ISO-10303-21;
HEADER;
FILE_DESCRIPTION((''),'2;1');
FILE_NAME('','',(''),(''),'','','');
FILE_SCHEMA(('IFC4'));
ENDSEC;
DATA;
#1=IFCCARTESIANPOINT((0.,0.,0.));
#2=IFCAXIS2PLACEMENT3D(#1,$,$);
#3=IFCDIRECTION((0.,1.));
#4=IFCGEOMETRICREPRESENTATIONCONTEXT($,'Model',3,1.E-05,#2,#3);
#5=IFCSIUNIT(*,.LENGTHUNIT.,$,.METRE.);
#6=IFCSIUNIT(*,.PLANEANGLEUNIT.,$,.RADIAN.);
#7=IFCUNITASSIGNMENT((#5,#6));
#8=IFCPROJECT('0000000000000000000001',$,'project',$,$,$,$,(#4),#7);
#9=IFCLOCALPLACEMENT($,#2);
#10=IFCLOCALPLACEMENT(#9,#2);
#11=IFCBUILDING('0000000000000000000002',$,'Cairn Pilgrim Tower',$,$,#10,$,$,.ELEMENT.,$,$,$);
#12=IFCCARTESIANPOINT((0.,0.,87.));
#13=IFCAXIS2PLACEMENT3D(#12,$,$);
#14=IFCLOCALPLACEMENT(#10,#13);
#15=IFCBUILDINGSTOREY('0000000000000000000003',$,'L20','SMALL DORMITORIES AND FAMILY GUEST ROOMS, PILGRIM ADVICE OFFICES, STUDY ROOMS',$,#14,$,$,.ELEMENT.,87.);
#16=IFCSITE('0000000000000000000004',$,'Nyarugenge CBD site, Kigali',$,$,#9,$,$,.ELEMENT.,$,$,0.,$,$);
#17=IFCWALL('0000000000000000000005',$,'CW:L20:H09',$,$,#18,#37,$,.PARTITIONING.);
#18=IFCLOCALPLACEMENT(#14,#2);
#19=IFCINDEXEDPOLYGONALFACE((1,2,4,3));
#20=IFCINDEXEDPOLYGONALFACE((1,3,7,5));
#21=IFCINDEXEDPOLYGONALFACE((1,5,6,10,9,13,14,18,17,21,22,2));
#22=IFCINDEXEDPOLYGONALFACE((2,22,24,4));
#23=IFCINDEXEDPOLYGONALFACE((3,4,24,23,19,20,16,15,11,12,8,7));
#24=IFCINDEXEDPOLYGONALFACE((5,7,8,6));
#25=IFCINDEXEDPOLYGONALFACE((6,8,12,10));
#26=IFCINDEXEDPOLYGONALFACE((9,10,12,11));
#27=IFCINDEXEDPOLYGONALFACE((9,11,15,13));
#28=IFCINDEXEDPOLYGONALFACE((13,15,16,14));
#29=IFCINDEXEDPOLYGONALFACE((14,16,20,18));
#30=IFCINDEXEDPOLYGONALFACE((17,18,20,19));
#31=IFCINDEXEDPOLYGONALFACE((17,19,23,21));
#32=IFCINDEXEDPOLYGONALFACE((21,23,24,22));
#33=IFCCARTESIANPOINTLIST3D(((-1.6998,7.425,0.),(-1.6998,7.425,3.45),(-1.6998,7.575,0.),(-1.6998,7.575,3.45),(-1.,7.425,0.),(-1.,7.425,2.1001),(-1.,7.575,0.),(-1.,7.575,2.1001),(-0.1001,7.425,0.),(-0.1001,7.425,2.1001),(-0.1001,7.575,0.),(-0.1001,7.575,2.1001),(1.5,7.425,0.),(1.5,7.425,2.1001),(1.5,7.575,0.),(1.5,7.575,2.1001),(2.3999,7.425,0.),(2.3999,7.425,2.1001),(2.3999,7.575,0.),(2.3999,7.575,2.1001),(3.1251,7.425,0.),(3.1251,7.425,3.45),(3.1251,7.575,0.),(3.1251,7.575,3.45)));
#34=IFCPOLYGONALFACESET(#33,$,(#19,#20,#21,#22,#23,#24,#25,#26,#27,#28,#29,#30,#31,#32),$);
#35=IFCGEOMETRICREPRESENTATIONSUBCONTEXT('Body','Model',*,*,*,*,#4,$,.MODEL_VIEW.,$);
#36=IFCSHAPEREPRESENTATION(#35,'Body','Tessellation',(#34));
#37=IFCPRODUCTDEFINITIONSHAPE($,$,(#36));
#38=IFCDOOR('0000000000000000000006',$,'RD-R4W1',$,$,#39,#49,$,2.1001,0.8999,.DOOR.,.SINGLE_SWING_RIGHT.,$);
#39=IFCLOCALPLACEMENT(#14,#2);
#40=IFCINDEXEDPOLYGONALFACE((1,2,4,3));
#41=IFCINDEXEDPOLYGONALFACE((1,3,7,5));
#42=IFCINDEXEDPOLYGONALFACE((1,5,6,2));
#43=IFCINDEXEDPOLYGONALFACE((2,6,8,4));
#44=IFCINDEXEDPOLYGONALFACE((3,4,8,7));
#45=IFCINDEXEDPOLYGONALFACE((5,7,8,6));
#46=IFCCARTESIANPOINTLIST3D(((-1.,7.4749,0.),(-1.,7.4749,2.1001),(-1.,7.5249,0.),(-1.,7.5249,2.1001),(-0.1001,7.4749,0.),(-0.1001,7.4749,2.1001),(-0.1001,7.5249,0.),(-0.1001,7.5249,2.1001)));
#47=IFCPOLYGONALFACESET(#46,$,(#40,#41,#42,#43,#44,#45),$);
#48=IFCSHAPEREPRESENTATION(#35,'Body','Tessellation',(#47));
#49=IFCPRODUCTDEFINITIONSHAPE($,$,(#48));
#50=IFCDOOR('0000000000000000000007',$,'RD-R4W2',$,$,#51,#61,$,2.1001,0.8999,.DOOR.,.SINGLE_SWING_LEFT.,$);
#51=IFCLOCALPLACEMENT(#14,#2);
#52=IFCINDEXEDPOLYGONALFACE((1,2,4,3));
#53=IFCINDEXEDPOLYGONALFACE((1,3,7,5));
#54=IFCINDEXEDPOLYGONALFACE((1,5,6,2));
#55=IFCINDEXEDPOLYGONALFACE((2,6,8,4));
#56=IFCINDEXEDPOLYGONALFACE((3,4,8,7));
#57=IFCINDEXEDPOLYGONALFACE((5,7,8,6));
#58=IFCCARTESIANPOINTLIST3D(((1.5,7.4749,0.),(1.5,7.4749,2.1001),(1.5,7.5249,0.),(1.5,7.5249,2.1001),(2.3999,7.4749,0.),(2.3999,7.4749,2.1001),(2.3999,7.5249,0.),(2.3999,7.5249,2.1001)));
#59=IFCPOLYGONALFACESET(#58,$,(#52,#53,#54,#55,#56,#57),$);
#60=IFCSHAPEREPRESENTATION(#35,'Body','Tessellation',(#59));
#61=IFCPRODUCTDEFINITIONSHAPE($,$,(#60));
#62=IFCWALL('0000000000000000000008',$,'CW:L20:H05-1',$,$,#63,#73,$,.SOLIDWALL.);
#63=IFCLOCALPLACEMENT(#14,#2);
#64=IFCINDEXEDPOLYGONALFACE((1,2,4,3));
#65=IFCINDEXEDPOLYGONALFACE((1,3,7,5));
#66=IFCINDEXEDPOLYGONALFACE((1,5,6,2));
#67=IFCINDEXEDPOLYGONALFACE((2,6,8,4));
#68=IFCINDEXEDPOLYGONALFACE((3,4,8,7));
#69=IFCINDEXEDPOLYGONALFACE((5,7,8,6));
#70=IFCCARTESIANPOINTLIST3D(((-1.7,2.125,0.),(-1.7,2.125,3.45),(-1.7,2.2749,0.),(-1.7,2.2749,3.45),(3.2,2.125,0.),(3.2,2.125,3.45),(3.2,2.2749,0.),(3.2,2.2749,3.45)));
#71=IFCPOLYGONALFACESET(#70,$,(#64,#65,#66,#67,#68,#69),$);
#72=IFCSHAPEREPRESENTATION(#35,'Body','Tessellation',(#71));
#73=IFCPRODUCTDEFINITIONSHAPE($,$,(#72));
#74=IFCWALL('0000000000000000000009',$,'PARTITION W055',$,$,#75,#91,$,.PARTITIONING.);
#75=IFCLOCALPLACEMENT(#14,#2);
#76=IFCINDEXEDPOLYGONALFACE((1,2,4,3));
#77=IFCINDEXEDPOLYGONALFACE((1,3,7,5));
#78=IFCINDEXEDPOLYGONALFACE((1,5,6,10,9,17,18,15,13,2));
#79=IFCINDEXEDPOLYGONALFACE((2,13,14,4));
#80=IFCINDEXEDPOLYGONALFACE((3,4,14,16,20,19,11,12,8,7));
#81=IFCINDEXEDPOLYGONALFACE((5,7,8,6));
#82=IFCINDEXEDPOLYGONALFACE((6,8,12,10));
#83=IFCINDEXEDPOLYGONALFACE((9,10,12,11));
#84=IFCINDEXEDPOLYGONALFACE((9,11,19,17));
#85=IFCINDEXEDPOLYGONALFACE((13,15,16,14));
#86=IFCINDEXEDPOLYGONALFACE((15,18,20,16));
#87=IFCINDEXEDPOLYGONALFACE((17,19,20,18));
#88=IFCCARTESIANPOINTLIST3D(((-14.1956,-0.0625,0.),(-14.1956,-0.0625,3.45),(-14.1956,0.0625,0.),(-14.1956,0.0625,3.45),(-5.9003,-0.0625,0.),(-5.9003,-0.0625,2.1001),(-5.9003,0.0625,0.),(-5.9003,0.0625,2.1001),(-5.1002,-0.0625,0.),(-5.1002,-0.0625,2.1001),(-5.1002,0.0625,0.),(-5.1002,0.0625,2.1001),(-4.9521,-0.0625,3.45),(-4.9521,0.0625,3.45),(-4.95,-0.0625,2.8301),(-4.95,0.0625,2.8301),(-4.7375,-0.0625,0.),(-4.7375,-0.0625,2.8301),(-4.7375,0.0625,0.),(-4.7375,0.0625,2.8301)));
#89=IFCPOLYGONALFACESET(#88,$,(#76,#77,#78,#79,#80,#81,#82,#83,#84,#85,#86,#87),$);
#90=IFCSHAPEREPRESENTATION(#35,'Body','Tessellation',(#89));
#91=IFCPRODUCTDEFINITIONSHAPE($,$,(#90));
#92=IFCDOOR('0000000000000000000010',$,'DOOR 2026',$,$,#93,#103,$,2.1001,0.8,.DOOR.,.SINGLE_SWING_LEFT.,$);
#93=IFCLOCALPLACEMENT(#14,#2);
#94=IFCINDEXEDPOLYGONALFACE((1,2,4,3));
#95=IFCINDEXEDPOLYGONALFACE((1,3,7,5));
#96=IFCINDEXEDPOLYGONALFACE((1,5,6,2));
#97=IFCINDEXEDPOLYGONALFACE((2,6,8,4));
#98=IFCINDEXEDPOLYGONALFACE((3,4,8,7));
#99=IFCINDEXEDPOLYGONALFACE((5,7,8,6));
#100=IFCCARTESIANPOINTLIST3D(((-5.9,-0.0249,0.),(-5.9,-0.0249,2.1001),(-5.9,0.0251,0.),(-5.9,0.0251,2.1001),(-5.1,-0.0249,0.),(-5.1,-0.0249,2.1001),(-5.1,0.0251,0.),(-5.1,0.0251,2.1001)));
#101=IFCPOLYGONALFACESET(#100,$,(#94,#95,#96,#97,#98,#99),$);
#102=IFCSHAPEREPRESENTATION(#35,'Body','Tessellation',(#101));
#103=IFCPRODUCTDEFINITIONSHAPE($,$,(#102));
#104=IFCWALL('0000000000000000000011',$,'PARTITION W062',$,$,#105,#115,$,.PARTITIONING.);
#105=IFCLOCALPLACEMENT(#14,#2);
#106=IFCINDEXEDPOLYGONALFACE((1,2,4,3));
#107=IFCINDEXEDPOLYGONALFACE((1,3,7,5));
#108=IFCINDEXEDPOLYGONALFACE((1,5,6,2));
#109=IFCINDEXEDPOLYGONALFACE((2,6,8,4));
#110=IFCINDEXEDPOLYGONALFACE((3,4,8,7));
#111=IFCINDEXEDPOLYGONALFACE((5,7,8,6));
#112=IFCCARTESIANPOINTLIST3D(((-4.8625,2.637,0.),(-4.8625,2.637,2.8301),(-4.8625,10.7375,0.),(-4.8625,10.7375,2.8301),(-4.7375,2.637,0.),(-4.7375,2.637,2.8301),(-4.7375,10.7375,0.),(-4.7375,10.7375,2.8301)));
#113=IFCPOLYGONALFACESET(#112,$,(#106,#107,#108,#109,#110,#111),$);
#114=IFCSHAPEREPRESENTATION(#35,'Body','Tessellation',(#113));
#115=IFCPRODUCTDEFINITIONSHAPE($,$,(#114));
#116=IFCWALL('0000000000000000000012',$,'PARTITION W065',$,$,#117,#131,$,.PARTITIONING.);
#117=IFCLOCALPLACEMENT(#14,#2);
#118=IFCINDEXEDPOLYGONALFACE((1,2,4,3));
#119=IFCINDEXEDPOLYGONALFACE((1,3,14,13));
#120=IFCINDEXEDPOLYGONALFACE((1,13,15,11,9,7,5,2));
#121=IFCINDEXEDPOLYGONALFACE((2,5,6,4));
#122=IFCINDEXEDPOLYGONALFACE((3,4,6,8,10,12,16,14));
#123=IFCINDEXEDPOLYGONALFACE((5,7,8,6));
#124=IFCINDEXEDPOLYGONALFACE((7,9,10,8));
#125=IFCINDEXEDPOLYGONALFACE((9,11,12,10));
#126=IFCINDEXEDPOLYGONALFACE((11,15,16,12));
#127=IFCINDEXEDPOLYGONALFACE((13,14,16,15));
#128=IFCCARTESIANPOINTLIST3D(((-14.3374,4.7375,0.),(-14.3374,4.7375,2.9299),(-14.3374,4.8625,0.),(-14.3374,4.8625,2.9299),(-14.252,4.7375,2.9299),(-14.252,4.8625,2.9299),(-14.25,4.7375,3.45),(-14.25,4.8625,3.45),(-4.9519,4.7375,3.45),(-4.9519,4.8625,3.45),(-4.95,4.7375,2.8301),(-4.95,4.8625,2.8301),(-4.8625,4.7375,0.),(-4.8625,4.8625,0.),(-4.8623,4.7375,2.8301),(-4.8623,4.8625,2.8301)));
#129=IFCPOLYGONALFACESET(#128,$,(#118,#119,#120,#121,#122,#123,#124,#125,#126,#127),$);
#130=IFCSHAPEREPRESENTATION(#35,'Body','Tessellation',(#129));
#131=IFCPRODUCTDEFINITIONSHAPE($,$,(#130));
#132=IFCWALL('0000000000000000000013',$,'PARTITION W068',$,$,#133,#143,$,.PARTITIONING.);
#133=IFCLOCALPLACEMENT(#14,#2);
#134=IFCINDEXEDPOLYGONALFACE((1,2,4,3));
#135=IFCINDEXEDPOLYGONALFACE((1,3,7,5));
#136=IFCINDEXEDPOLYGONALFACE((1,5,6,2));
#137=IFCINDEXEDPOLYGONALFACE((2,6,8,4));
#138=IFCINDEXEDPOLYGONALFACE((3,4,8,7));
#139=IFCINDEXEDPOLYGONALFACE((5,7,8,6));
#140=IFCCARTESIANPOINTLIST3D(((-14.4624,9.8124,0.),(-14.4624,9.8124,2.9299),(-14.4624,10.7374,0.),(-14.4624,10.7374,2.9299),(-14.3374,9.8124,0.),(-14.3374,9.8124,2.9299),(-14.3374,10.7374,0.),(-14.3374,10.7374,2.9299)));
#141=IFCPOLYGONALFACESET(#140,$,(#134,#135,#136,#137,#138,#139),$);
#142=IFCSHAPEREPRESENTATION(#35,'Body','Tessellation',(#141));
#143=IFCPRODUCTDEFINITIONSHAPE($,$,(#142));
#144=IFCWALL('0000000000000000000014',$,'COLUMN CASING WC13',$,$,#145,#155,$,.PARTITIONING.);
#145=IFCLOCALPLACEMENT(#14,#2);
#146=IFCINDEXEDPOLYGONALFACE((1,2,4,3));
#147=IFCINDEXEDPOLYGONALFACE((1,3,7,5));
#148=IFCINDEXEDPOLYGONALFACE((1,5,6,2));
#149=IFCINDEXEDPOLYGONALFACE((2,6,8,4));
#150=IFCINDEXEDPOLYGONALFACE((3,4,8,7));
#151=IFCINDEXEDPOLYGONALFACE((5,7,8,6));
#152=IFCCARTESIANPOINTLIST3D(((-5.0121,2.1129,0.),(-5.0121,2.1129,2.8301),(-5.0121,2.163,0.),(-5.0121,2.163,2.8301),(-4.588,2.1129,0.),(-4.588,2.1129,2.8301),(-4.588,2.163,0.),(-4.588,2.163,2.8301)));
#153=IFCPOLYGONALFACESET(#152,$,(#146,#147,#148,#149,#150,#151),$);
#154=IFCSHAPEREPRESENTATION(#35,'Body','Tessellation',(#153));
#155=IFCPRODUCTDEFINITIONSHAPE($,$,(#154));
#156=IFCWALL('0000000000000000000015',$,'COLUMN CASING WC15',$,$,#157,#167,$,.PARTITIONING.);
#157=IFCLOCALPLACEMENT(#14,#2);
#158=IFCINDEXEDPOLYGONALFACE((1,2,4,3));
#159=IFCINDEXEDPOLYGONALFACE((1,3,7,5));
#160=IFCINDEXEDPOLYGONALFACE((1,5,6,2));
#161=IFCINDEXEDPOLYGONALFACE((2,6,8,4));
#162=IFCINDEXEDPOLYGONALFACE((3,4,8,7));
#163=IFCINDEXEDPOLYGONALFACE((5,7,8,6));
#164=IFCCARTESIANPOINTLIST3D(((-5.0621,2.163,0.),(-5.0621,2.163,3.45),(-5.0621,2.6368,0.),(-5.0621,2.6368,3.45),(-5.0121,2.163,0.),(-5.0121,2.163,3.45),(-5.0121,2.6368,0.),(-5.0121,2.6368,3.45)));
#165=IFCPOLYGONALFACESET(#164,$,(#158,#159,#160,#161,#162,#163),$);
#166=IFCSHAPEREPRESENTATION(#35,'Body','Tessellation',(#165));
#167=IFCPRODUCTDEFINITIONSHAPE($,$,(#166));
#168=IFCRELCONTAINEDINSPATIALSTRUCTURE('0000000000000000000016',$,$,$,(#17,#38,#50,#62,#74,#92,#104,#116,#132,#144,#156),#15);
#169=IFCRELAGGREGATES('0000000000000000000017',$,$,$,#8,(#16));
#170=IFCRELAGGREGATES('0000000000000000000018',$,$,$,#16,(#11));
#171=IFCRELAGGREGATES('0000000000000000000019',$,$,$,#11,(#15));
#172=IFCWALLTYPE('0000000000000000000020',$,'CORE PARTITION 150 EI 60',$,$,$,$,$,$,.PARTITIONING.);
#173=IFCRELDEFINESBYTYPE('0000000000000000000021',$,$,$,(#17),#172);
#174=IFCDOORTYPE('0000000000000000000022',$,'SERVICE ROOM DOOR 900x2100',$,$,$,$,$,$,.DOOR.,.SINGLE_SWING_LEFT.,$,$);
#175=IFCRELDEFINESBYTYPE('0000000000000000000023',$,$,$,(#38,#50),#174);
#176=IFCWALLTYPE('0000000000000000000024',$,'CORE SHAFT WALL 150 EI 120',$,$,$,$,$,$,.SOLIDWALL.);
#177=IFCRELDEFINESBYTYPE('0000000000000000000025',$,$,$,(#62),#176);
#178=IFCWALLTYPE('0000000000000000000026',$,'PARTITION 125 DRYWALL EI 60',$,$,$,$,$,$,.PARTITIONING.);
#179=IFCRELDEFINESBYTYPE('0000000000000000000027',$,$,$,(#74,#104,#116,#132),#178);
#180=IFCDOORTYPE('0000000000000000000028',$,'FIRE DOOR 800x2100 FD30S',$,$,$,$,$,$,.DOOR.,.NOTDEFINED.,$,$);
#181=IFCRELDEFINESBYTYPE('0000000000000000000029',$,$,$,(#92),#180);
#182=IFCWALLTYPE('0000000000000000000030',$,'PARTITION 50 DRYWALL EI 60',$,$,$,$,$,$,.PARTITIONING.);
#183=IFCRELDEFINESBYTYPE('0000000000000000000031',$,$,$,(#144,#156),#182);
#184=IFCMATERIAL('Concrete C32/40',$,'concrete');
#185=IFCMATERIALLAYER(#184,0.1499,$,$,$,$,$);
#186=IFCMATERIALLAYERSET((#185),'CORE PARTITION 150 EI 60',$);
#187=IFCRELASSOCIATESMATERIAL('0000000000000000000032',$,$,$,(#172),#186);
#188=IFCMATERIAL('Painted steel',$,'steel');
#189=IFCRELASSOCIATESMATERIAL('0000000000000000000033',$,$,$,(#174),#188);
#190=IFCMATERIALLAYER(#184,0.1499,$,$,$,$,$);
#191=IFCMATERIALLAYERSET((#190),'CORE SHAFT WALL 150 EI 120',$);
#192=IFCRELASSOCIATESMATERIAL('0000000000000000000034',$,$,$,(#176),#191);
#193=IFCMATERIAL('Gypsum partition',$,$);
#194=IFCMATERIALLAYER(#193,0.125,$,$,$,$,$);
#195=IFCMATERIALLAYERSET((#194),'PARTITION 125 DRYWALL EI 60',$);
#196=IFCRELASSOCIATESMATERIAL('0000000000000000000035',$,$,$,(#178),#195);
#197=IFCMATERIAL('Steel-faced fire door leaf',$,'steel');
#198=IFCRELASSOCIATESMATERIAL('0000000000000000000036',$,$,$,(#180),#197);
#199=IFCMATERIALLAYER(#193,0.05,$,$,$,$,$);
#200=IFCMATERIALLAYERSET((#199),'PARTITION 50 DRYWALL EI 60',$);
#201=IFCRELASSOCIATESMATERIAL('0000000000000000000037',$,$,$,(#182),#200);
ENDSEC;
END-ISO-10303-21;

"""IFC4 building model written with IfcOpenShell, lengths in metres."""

from ifc_helpers import new_model, si_unit, direction, frame, frame_2d, origin, place, context, subcontext, project, spatial, polyline, rectangle, outline, extrude, material, layer, layer_set, type_object, element, fill, save


model = new_model("IFC4")

# Units and contexts
model_context = context("Model", 3, precision=1e-05, world=origin(), true_north=direction((0.0, 1.0)))
body_context = subcontext(model_context, "Body", "Model", "MODEL_VIEW")
ifc_project = project(units=[si_unit("LENGTHUNIT", "METRE"), si_unit("PLANEANGLEUNIT", "RADIAN")], contexts=[model_context])

# Site, building, storey
site_placement = place(None, origin())
site = spatial("IfcSite", under=ifc_project, at=site_placement, Name="Nyarugenge CBD site, Kigali", CompositionType="ELEMENT", RefElevation=0.0)
building_placement = place(site_placement, origin())
building = spatial("IfcBuilding", under=site, at=building_placement, Name="Cairn Pilgrim Tower", CompositionType="ELEMENT")
storey_placement = place(building_placement, frame((0.0, 0.0, 87.0)))
storey = spatial("IfcBuildingStorey", under=building, at=storey_placement, Name="L20", Description="SMALL DORMITORIES AND FAMILY GUEST ROOMS, PILGRIM ADVICE OFFICES, STUDY ROOMS", CompositionType="ELEMENT", Elevation=87.0)

# Shared definitions
ifc_material_1 = material(Name="Concrete C32/40", Category="concrete")

# Shared definitions
ifc_layer_1 = layer(ifc_material_1, 0.1499)
ifc_layer_set_1 = layer_set([ifc_layer_1], Name="CORE PARTITION 150 EI 60")
wall_type_1 = type_object("IfcWallType", Name="CORE PARTITION 150 EI 60", PredefinedType="PARTITIONING", material=ifc_layer_set_1)
ifc_material_2 = material(Name="Painted steel", Category="steel")
door_type_1 = type_object("IfcDoorType", Name="SERVICE ROOM DOOR 900x2100", OperationType="SINGLE_SWING_LEFT", PredefinedType="DOOR", material=ifc_material_2)

# Wall, openings, doors
wall_1_placement = place(storey_placement, frame((-1.7, 7.5, 0.0), z_axis=(0.0, 0.0, 1.0), x_axis=(1.0, 0.0, 0.0)))
wall_1 = element("IfcWall", 1, at=wall_1_placement, inside=storey, type_object=wall_type_1, Name="CW:L20:H09", PredefinedType="PARTITIONING", context=body_context, shape_type="SweptSolid", body=[
    extrude(rectangle(XDim=4.825, YDim=0.1499, at=frame_2d((2.4126, 0.0))), origin(), (0.0, 0.0, 1.0), 3.45),
])
opening_1_placement = place(wall_1_placement, frame((0.7, 0.0, 0.0)))
opening_1 = element("IfcOpeningElement", 2, at=opening_1_placement, cuts=wall_1, PredefinedType="OPENING", context=body_context, shape_type="SweptSolid", body=[
    extrude(rectangle(XDim=0.8999, YDim=2.1001, at=frame_2d((0.45, 1.05))), frame((0.0, 0.085, 0.0), z_axis=(0.0, -1.0, 0.0), x_axis=(1.0, 0.0, 0.0)), (0.0, 0.0, 1.0), 0.1699),
])
opening_2_placement = place(wall_1_placement, frame((3.2, 0.0, 0.0)))
opening_2 = element("IfcOpeningElement", 3, at=opening_2_placement, cuts=wall_1, PredefinedType="OPENING", context=body_context, shape_type="SweptSolid", body=[
    extrude(rectangle(XDim=0.8999, YDim=2.1001, at=frame_2d((0.45, 1.05))), frame((0.0, 0.085, 0.0), z_axis=(0.0, -1.0, 0.0), x_axis=(1.0, 0.0, 0.0)), (0.0, 0.0, 1.0), 0.1699),
])
door_1_placement = place(opening_1_placement, origin())
door_1 = element("IfcDoor", 4, at=door_1_placement, inside=storey, type_object=door_type_1, Name="RD-R4W1", OperationType="SINGLE_SWING_RIGHT", OverallHeight=2.1001, OverallWidth=0.8999, PredefinedType="DOOR", context=body_context, shape_type="SweptSolid", body=[
    extrude(rectangle(XDim=0.8999, YDim=2.1001, at=frame_2d((0.45, 1.05))), frame((0.0, 0.0249, 0.0), z_axis=(0.0, -1.0, 0.0), x_axis=(1.0, 0.0, 0.0)), (0.0, 0.0, 1.0), 0.05),
])
fill(opening_1, door_1)
door_2_placement = place(opening_2_placement, origin())
door_2 = element("IfcDoor", 5, at=door_2_placement, inside=storey, type_object=door_type_1, Name="RD-R4W2", OperationType="SINGLE_SWING_LEFT", OverallHeight=2.1001, OverallWidth=0.8999, PredefinedType="DOOR", context=body_context, shape_type="SweptSolid", body=[
    extrude(rectangle(XDim=0.8999, YDim=2.1001, at=frame_2d((0.45, 1.05))), frame((0.0, 0.0249, 0.0), z_axis=(0.0, -1.0, 0.0), x_axis=(1.0, 0.0, 0.0)), (0.0, 0.0, 1.0), 0.05),
])
fill(opening_2, door_2)

# Wall
ifc_layer_2 = layer(ifc_material_1, 0.1499)
ifc_layer_set_2 = layer_set([ifc_layer_2], Name="CORE SHAFT WALL 150 EI 120")
wall_type_2 = type_object("IfcWallType", Name="CORE SHAFT WALL 150 EI 120", PredefinedType="SOLIDWALL", material=ifc_layer_set_2)
wall_2_placement = place(storey_placement, frame((-1.7, 2.2, 0.0), z_axis=(0.0, 0.0, 1.0), x_axis=(1.0, 0.0, 0.0)))
element("IfcWall", 6, at=wall_2_placement, inside=storey, type_object=wall_type_2, Name="CW:L20:H05-1", PredefinedType="SOLIDWALL", context=body_context, shape_type="SweptSolid", body=[
    extrude(rectangle(XDim=4.8999, YDim=0.1499, at=frame_2d((2.45, 0.0))), origin(), (0.0, 0.0, 1.0), 3.45),
])

# Wall, opening, door
ifc_material_3 = material(Name="Gypsum partition")
ifc_layer_3 = layer(ifc_material_3, 0.125)
ifc_layer_set_3 = layer_set([ifc_layer_3], Name="PARTITION 125 DRYWALL EI 60")
wall_type_3 = type_object("IfcWallType", Name="PARTITION 125 DRYWALL EI 60", PredefinedType="PARTITIONING", material=ifc_layer_set_3)
wall_3_placement = place(storey_placement, frame((-14.1956, 0.0, 0.0), z_axis=(0.0, 0.0, 1.0), x_axis=(1.0, 0.0, 0.0)))
wall_3 = element("IfcWall", 7, at=wall_3_placement, inside=storey, type_object=wall_type_3, Name="PARTITION W055", PredefinedType="PARTITIONING", context=body_context, shape_type="SweptSolid", body=[
    extrude(outline(polyline([(0.0, 0.0), (9.458, 0.0), (9.458, 2.8301), (9.2456, 2.8301), (9.2434, 3.45), (0.0, 3.45), (0.0, 0.0)])), frame((0.0, 0.0625, 0.0), z_axis=(0.0, -1.0, 0.0), x_axis=(1.0, 0.0, 0.0)), (0.0, 0.0, 1.0), 0.125),
])
opening_3_placement = place(wall_3_placement, frame((8.2954, 0.0, 0.0)))
opening_3 = element("IfcOpeningElement", 8, at=opening_3_placement, cuts=wall_3, PredefinedType="OPENING", context=body_context, shape_type="SweptSolid", body=[
    extrude(rectangle(XDim=0.8, YDim=2.1001, at=frame_2d((0.3999, 1.05))), frame((0.0, 0.0725, 0.0), z_axis=(0.0, -1.0, 0.0), x_axis=(1.0, 0.0, 0.0)), (0.0, 0.0, 1.0), 0.145),
])
ifc_material_4 = material(Name="Steel-faced fire door leaf", Category="steel")
door_type_2 = type_object("IfcDoorType", Name="FIRE DOOR 800x2100 FD30S", OperationType="NOTDEFINED", PredefinedType="DOOR", material=ifc_material_4)
door_3_placement = place(opening_3_placement, frame((0.8, 0.0, 0.0), z_axis=(0.0, 0.0, 1.0), x_axis=(-1.0, 0.0, 0.0)))
door_3 = element("IfcDoor", 9, at=door_3_placement, inside=storey, type_object=door_type_2, Name="DOOR 2026", OperationType="SINGLE_SWING_LEFT", OverallHeight=2.1001, OverallWidth=0.8, PredefinedType="DOOR", context=body_context, shape_type="SweptSolid", body=[
    extrude(rectangle(XDim=0.8, YDim=2.1001, at=frame_2d((0.3999, 1.05))), frame((0.0, 0.0249, 0.0), z_axis=(0.0, -1.0, 0.0), x_axis=(1.0, 0.0, 0.0)), (0.0, 0.0, 1.0), 0.05),
])
fill(opening_3, door_3)

# Walls
wall_4_placement = place(storey_placement, frame((-4.8, 2.637, 0.0), z_axis=(0.0, 0.0, 1.0), x_axis=(0.0, 1.0, 0.0)))
element("IfcWall", 10, at=wall_4_placement, inside=storey, type_object=wall_type_3, Name="PARTITION W062", PredefinedType="PARTITIONING", context=body_context, shape_type="SweptSolid", body=[
    extrude(rectangle(XDim=8.1006, YDim=0.125, at=frame_2d((4.0503, 0.0))), origin(), (0.0, 0.0, 1.0), 2.8301),
])
wall_5_placement = place(storey_placement, frame((-14.3374, 4.8, 0.0), z_axis=(0.0, 0.0, 1.0), x_axis=(1.0, 0.0, 0.0)))
element("IfcWall", 11, at=wall_5_placement, inside=storey, type_object=wall_type_3, Name="PARTITION W065", PredefinedType="PARTITIONING", context=body_context, shape_type="SweptSolid", body=[
    extrude(outline(polyline([(0.0, 0.0), (9.4749, 0.0), (9.4751, 2.8301), (9.3875, 2.8301), (9.3855, 3.45), (0.0874, 3.45), (0.0854, 2.9299), (0.0, 2.9299), (0.0, 0.0)])), frame((0.0, 0.0625, 0.0), z_axis=(0.0, -1.0, 0.0), x_axis=(1.0, 0.0, 0.0)), (0.0, 0.0, 1.0), 0.125),
])
wall_6_placement = place(storey_placement, frame((-14.3999, 9.8125, 0.0), z_axis=(0.0, 0.0, 1.0), x_axis=(0.0, 1.0, 0.0)))
element("IfcWall", 12, at=wall_6_placement, inside=storey, type_object=wall_type_3, Name="PARTITION W068", PredefinedType="PARTITIONING", context=body_context, shape_type="SweptSolid", body=[
    extrude(rectangle(XDim=0.925, YDim=0.125, at=frame_2d((0.4624, 0.0))), origin(), (0.0, 0.0, 1.0), 2.9299),
])
ifc_layer_4 = layer(ifc_material_3, 0.05)
ifc_layer_set_4 = layer_set([ifc_layer_4], Name="PARTITION 50 DRYWALL EI 60")
wall_type_4 = type_object("IfcWallType", Name="PARTITION 50 DRYWALL EI 60", PredefinedType="PARTITIONING", material=ifc_layer_set_4)
wall_7_placement = place(storey_placement, frame((-5.012, 2.1379, 0.0), z_axis=(0.0, 0.0, 1.0), x_axis=(1.0, 0.0, 0.0)))
element("IfcWall", 13, at=wall_7_placement, inside=storey, type_object=wall_type_4, Name="COLUMN CASING WC13", PredefinedType="PARTITIONING", context=body_context, shape_type="SweptSolid", body=[
    extrude(rectangle(XDim=0.4241, YDim=0.05, at=frame_2d((0.2119, 0.0))), origin(), (0.0, 0.0, 1.0), 2.8301),
])
wall_8_placement = place(storey_placement, frame((-5.0371, 2.1631, 0.0), z_axis=(0.0, 0.0, 1.0), x_axis=(0.0, 1.0, 0.0)))
element("IfcWall", 14, at=wall_8_placement, inside=storey, type_object=wall_type_4, Name="COLUMN CASING WC15", PredefinedType="PARTITIONING", context=body_context, shape_type="SweptSolid", body=[
    extrude(rectangle(XDim=0.4739, YDim=0.05, at=frame_2d((0.2368, 0.0))), origin(), (0.0, 0.0, 1.0), 3.45),
])

save(model, "model.ifc")
